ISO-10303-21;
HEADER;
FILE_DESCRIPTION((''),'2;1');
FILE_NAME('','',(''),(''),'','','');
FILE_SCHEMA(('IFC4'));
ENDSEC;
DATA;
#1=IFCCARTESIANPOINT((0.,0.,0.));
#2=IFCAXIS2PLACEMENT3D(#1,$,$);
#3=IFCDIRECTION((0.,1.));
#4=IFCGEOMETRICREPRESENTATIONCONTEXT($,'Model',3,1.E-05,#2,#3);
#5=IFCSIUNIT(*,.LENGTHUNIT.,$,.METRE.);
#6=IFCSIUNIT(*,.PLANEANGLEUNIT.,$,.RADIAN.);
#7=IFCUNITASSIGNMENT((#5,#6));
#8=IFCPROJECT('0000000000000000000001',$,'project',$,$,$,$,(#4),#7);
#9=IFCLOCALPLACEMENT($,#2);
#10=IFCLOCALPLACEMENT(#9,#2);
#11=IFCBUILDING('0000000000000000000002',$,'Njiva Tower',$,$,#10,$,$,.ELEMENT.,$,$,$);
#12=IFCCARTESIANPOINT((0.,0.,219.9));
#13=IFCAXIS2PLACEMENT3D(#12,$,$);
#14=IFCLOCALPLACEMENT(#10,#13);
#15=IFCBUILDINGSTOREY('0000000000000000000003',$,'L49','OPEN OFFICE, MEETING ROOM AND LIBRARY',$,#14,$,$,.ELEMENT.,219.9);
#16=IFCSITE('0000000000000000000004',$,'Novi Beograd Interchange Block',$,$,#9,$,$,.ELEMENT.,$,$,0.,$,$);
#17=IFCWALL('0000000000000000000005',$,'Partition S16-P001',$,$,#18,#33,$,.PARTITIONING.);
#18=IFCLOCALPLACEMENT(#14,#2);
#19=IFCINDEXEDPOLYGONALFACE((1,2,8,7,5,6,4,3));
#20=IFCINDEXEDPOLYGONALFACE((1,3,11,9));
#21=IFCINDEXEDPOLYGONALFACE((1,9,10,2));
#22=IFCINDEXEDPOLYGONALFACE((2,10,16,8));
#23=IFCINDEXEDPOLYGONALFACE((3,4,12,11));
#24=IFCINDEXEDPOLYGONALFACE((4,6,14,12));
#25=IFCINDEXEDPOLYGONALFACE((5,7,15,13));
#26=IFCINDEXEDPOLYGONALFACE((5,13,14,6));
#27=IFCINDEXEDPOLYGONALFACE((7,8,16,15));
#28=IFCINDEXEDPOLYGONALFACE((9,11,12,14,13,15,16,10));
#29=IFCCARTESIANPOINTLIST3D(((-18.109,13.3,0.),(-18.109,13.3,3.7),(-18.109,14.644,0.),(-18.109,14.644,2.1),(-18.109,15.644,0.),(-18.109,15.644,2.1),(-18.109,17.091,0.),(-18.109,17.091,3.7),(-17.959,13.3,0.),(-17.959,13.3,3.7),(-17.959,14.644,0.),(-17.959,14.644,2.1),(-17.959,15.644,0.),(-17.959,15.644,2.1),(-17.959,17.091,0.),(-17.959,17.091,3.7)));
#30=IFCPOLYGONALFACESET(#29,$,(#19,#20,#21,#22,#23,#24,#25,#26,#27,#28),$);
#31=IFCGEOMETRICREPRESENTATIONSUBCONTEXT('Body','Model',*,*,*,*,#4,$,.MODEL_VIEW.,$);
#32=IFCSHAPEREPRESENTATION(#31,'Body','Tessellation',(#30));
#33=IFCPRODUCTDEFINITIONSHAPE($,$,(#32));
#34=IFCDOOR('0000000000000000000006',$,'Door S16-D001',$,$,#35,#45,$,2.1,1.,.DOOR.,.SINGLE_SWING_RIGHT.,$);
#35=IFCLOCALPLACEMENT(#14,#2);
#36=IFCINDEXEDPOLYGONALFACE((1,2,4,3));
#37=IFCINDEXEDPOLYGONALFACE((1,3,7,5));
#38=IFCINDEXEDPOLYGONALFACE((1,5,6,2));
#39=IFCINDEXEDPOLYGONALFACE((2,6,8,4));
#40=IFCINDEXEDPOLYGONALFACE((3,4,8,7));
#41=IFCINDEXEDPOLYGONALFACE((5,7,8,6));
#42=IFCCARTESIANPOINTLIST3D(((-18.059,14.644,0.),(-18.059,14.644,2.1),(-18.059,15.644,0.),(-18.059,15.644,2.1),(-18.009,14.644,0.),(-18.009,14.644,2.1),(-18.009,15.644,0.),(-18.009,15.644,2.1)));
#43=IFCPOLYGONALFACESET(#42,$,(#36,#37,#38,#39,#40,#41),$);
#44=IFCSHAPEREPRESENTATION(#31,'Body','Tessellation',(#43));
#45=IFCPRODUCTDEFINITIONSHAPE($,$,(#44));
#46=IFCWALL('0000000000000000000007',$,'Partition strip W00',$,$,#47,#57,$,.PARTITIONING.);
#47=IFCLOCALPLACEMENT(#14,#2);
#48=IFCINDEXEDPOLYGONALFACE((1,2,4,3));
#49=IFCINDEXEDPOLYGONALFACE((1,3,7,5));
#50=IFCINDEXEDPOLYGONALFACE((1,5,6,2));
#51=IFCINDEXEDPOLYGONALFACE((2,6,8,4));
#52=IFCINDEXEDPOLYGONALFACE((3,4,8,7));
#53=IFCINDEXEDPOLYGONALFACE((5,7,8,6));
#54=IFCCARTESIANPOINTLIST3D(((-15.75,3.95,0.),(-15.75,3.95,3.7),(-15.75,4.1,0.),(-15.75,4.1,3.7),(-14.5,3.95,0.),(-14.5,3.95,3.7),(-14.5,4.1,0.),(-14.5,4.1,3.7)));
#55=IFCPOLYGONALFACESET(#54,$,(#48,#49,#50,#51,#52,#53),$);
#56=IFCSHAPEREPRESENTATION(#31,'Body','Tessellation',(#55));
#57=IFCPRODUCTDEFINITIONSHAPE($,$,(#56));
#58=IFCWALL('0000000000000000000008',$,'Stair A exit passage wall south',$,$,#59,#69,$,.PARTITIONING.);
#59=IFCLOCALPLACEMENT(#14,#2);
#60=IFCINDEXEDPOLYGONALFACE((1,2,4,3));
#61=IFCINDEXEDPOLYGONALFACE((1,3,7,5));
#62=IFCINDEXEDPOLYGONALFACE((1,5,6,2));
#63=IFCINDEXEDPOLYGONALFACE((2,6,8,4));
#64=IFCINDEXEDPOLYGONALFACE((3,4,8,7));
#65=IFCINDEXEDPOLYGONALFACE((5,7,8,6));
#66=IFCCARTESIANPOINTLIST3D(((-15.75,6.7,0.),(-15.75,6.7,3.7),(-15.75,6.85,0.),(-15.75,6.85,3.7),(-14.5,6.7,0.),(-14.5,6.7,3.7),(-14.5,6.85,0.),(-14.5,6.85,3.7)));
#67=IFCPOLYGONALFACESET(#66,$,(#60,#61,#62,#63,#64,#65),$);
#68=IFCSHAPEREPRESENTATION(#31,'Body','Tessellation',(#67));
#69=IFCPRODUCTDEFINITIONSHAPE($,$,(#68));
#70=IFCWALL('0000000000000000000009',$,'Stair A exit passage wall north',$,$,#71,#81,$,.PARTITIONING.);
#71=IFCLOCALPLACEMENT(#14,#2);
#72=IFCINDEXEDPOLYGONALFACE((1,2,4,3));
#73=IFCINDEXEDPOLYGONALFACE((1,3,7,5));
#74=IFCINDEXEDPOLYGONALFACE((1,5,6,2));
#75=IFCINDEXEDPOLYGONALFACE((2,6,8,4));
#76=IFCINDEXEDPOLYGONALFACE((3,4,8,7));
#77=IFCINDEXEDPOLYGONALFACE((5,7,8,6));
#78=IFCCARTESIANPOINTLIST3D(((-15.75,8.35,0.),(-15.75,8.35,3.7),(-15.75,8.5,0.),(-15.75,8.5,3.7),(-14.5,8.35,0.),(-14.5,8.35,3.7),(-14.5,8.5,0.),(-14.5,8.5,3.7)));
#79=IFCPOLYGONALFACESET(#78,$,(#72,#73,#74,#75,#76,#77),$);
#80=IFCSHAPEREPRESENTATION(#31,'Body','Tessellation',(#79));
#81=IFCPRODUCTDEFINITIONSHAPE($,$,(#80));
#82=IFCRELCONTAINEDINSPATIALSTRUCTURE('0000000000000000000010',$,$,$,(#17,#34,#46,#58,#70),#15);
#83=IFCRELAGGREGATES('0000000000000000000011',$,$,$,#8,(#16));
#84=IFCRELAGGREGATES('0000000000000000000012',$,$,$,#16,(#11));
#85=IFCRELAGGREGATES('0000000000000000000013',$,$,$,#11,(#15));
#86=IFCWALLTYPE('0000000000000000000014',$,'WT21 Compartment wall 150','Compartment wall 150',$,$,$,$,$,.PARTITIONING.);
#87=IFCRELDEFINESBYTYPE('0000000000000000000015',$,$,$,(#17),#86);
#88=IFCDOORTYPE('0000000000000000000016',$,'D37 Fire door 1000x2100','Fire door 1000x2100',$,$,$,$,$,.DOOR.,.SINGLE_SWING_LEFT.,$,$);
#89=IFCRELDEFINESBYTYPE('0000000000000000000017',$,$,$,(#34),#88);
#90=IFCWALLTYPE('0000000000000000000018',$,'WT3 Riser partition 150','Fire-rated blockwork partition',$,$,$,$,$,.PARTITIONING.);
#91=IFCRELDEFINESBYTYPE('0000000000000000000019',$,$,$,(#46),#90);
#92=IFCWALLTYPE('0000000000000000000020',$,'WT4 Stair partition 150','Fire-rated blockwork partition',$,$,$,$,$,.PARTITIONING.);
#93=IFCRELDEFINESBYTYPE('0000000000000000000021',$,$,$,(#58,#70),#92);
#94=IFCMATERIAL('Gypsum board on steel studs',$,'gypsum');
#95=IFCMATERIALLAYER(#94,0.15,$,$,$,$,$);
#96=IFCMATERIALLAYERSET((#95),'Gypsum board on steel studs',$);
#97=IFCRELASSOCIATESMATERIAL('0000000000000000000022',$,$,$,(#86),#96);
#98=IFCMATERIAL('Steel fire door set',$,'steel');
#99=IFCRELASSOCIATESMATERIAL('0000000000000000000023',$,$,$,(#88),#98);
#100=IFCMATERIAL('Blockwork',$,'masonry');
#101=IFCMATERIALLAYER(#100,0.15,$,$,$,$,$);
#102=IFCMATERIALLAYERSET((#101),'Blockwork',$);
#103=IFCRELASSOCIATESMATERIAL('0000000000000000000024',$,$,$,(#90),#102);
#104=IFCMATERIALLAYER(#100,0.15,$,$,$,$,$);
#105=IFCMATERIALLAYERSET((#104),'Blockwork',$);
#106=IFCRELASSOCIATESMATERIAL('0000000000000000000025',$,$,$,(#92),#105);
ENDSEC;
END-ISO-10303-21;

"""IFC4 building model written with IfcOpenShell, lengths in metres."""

from ifc_helpers import new_model, si_unit, direction, frame, frame_2d, origin, place, context, subcontext, project, spatial, rectangle, extrude, material, layer, layer_set, type_object, element, fill, save


model = new_model("IFC4")

# Units and contexts
model_context = context("Model", 3, precision=1e-05, world=origin(), true_north=direction((0.0, 1.0)))
body_context = subcontext(model_context, "Body", "Model", "MODEL_VIEW")
ifc_project = project(units=[si_unit("LENGTHUNIT", "METRE"), si_unit("PLANEANGLEUNIT", "RADIAN")], contexts=[model_context])

# Site, building, storey
site_placement = place(None, origin())
site = spatial("IfcSite", under=ifc_project, at=site_placement, Name="Novi Beograd Interchange Block", CompositionType="ELEMENT", RefElevation=0.0)
building_placement = place(site_placement, origin())
building = spatial("IfcBuilding", under=site, at=building_placement, Name="Njiva Tower", CompositionType="ELEMENT")
storey_placement = place(building_placement, frame((0.0, 0.0, 219.9)))
storey = spatial("IfcBuildingStorey", under=building, at=storey_placement, Name="L49", Description="OPEN OFFICE, MEETING ROOM AND LIBRARY", CompositionType="ELEMENT", Elevation=219.9)

# Shared definitions
ifc_material_1 = material(Name="Blockwork", Category="masonry")

# Wall, opening, door
ifc_material_2 = material(Name="Gypsum board on steel studs", Category="gypsum")
ifc_layer_1 = layer(ifc_material_2, 0.15)
ifc_layer_set_1 = layer_set([ifc_layer_1], Name="Gypsum board on steel studs")
wall_type_1 = type_object("IfcWallType", Name="WT21 Compartment wall 150", Description="Compartment wall 150", PredefinedType="PARTITIONING", material=ifc_layer_set_1)
wall_1_placement = place(storey_placement, frame((-18.034, 13.3, 0.0), z_axis=(0.0, 0.0, 1.0), x_axis=(0.0, 1.0, 0.0)))
wall_1 = element("IfcWall", 1, at=wall_1_placement, inside=storey, type_object=wall_type_1, Name="Partition S16-P001", PredefinedType="PARTITIONING", context=body_context, shape_type="SweptSolid", body=[
    extrude(rectangle(XDim=3.791, YDim=0.15, at=frame_2d((1.8955, 0.0))), origin(), (0.0, 0.0, 1.0), 3.7),
])
opening_1_placement = place(wall_1_placement, frame((1.344, 0.0, 0.0)))
opening_1 = element("IfcOpeningElement", 2, at=opening_1_placement, cuts=wall_1, PredefinedType="OPENING", context=body_context, shape_type="SweptSolid", body=[
    extrude(rectangle(XDim=1.0, YDim=2.1, at=frame_2d((0.5, 1.05))), frame((0.0, 0.085, 0.0), z_axis=(0.0, -1.0, 0.0), x_axis=(1.0, 0.0, 0.0)), (0.0, 0.0, 1.0), 0.17),
])
ifc_material_3 = material(Name="Steel fire door set", Category="steel")
door_type_1 = type_object("IfcDoorType", Name="D37 Fire door 1000x2100", Description="Fire door 1000x2100", OperationType="SINGLE_SWING_LEFT", PredefinedType="DOOR", material=ifc_material_3)
door_1_placement = place(opening_1_placement, origin())
door_1 = element("IfcDoor", 3, at=door_1_placement, inside=storey, type_object=door_type_1, Name="Door S16-D001", OperationType="SINGLE_SWING_RIGHT", OverallHeight=2.1, OverallWidth=1.0, PredefinedType="DOOR", context=body_context, shape_type="SweptSolid", body=[
    extrude(rectangle(XDim=1.0, YDim=2.1, at=frame_2d((0.5, 1.05))), frame((0.0, 0.025, 0.0), z_axis=(0.0, -1.0, 0.0), x_axis=(1.0, 0.0, 0.0)), (0.0, 0.0, 1.0), 0.05),
])
fill(opening_1, door_1)

# Walls
ifc_layer_2 = layer(ifc_material_1, 0.15)
ifc_layer_set_2 = layer_set([ifc_layer_2], Name="Blockwork")
wall_type_2 = type_object("IfcWallType", Name="WT3 Riser partition 150", Description="Fire-rated blockwork partition", PredefinedType="PARTITIONING", material=ifc_layer_set_2)
wall_2_placement = place(storey_placement, frame((-15.75, 4.025, 0.0), z_axis=(0.0, 0.0, 1.0), x_axis=(1.0, 0.0, 0.0)))
element("IfcWall", 4, at=wall_2_placement, inside=storey, type_object=wall_type_2, Name="Partition strip W00", PredefinedType="PARTITIONING", context=body_context, shape_type="SweptSolid", body=[
    extrude(rectangle(XDim=1.25, YDim=0.15, at=frame_2d((0.625, 0.0))), origin(), (0.0, 0.0, 1.0), 3.7),
])
ifc_layer_3 = layer(ifc_material_1, 0.15)
ifc_layer_set_3 = layer_set([ifc_layer_3], Name="Blockwork")
wall_type_3 = type_object("IfcWallType", Name="WT4 Stair partition 150", Description="Fire-rated blockwork partition", PredefinedType="PARTITIONING", material=ifc_layer_set_3)
for number, where, z_axis, x_axis, name in (
    (5, (-15.75, 6.775, 0.0), (0.0, 0.0, 1.0), (1.0, 0.0, 0.0), "Stair A exit passage wall south"),
    (6, (-15.75, 8.425, 0.0), (0.0, 0.0, 1.0), (1.0, 0.0, 0.0), "Stair A exit passage wall north"),
):
    element("IfcWall", number, at=place(storey_placement, frame(where, z_axis=z_axis, x_axis=x_axis)), inside=storey, type_object=wall_type_3, Name=name, PredefinedType="PARTITIONING", context=body_context, shape_type="SweptSolid", body=[
        extrude(rectangle(XDim=1.25, YDim=0.15, at=frame_2d((0.625, 0.0))), origin(), (0.0, 0.0, 1.0), 3.7),
    ])

save(model, "model.ifc")
